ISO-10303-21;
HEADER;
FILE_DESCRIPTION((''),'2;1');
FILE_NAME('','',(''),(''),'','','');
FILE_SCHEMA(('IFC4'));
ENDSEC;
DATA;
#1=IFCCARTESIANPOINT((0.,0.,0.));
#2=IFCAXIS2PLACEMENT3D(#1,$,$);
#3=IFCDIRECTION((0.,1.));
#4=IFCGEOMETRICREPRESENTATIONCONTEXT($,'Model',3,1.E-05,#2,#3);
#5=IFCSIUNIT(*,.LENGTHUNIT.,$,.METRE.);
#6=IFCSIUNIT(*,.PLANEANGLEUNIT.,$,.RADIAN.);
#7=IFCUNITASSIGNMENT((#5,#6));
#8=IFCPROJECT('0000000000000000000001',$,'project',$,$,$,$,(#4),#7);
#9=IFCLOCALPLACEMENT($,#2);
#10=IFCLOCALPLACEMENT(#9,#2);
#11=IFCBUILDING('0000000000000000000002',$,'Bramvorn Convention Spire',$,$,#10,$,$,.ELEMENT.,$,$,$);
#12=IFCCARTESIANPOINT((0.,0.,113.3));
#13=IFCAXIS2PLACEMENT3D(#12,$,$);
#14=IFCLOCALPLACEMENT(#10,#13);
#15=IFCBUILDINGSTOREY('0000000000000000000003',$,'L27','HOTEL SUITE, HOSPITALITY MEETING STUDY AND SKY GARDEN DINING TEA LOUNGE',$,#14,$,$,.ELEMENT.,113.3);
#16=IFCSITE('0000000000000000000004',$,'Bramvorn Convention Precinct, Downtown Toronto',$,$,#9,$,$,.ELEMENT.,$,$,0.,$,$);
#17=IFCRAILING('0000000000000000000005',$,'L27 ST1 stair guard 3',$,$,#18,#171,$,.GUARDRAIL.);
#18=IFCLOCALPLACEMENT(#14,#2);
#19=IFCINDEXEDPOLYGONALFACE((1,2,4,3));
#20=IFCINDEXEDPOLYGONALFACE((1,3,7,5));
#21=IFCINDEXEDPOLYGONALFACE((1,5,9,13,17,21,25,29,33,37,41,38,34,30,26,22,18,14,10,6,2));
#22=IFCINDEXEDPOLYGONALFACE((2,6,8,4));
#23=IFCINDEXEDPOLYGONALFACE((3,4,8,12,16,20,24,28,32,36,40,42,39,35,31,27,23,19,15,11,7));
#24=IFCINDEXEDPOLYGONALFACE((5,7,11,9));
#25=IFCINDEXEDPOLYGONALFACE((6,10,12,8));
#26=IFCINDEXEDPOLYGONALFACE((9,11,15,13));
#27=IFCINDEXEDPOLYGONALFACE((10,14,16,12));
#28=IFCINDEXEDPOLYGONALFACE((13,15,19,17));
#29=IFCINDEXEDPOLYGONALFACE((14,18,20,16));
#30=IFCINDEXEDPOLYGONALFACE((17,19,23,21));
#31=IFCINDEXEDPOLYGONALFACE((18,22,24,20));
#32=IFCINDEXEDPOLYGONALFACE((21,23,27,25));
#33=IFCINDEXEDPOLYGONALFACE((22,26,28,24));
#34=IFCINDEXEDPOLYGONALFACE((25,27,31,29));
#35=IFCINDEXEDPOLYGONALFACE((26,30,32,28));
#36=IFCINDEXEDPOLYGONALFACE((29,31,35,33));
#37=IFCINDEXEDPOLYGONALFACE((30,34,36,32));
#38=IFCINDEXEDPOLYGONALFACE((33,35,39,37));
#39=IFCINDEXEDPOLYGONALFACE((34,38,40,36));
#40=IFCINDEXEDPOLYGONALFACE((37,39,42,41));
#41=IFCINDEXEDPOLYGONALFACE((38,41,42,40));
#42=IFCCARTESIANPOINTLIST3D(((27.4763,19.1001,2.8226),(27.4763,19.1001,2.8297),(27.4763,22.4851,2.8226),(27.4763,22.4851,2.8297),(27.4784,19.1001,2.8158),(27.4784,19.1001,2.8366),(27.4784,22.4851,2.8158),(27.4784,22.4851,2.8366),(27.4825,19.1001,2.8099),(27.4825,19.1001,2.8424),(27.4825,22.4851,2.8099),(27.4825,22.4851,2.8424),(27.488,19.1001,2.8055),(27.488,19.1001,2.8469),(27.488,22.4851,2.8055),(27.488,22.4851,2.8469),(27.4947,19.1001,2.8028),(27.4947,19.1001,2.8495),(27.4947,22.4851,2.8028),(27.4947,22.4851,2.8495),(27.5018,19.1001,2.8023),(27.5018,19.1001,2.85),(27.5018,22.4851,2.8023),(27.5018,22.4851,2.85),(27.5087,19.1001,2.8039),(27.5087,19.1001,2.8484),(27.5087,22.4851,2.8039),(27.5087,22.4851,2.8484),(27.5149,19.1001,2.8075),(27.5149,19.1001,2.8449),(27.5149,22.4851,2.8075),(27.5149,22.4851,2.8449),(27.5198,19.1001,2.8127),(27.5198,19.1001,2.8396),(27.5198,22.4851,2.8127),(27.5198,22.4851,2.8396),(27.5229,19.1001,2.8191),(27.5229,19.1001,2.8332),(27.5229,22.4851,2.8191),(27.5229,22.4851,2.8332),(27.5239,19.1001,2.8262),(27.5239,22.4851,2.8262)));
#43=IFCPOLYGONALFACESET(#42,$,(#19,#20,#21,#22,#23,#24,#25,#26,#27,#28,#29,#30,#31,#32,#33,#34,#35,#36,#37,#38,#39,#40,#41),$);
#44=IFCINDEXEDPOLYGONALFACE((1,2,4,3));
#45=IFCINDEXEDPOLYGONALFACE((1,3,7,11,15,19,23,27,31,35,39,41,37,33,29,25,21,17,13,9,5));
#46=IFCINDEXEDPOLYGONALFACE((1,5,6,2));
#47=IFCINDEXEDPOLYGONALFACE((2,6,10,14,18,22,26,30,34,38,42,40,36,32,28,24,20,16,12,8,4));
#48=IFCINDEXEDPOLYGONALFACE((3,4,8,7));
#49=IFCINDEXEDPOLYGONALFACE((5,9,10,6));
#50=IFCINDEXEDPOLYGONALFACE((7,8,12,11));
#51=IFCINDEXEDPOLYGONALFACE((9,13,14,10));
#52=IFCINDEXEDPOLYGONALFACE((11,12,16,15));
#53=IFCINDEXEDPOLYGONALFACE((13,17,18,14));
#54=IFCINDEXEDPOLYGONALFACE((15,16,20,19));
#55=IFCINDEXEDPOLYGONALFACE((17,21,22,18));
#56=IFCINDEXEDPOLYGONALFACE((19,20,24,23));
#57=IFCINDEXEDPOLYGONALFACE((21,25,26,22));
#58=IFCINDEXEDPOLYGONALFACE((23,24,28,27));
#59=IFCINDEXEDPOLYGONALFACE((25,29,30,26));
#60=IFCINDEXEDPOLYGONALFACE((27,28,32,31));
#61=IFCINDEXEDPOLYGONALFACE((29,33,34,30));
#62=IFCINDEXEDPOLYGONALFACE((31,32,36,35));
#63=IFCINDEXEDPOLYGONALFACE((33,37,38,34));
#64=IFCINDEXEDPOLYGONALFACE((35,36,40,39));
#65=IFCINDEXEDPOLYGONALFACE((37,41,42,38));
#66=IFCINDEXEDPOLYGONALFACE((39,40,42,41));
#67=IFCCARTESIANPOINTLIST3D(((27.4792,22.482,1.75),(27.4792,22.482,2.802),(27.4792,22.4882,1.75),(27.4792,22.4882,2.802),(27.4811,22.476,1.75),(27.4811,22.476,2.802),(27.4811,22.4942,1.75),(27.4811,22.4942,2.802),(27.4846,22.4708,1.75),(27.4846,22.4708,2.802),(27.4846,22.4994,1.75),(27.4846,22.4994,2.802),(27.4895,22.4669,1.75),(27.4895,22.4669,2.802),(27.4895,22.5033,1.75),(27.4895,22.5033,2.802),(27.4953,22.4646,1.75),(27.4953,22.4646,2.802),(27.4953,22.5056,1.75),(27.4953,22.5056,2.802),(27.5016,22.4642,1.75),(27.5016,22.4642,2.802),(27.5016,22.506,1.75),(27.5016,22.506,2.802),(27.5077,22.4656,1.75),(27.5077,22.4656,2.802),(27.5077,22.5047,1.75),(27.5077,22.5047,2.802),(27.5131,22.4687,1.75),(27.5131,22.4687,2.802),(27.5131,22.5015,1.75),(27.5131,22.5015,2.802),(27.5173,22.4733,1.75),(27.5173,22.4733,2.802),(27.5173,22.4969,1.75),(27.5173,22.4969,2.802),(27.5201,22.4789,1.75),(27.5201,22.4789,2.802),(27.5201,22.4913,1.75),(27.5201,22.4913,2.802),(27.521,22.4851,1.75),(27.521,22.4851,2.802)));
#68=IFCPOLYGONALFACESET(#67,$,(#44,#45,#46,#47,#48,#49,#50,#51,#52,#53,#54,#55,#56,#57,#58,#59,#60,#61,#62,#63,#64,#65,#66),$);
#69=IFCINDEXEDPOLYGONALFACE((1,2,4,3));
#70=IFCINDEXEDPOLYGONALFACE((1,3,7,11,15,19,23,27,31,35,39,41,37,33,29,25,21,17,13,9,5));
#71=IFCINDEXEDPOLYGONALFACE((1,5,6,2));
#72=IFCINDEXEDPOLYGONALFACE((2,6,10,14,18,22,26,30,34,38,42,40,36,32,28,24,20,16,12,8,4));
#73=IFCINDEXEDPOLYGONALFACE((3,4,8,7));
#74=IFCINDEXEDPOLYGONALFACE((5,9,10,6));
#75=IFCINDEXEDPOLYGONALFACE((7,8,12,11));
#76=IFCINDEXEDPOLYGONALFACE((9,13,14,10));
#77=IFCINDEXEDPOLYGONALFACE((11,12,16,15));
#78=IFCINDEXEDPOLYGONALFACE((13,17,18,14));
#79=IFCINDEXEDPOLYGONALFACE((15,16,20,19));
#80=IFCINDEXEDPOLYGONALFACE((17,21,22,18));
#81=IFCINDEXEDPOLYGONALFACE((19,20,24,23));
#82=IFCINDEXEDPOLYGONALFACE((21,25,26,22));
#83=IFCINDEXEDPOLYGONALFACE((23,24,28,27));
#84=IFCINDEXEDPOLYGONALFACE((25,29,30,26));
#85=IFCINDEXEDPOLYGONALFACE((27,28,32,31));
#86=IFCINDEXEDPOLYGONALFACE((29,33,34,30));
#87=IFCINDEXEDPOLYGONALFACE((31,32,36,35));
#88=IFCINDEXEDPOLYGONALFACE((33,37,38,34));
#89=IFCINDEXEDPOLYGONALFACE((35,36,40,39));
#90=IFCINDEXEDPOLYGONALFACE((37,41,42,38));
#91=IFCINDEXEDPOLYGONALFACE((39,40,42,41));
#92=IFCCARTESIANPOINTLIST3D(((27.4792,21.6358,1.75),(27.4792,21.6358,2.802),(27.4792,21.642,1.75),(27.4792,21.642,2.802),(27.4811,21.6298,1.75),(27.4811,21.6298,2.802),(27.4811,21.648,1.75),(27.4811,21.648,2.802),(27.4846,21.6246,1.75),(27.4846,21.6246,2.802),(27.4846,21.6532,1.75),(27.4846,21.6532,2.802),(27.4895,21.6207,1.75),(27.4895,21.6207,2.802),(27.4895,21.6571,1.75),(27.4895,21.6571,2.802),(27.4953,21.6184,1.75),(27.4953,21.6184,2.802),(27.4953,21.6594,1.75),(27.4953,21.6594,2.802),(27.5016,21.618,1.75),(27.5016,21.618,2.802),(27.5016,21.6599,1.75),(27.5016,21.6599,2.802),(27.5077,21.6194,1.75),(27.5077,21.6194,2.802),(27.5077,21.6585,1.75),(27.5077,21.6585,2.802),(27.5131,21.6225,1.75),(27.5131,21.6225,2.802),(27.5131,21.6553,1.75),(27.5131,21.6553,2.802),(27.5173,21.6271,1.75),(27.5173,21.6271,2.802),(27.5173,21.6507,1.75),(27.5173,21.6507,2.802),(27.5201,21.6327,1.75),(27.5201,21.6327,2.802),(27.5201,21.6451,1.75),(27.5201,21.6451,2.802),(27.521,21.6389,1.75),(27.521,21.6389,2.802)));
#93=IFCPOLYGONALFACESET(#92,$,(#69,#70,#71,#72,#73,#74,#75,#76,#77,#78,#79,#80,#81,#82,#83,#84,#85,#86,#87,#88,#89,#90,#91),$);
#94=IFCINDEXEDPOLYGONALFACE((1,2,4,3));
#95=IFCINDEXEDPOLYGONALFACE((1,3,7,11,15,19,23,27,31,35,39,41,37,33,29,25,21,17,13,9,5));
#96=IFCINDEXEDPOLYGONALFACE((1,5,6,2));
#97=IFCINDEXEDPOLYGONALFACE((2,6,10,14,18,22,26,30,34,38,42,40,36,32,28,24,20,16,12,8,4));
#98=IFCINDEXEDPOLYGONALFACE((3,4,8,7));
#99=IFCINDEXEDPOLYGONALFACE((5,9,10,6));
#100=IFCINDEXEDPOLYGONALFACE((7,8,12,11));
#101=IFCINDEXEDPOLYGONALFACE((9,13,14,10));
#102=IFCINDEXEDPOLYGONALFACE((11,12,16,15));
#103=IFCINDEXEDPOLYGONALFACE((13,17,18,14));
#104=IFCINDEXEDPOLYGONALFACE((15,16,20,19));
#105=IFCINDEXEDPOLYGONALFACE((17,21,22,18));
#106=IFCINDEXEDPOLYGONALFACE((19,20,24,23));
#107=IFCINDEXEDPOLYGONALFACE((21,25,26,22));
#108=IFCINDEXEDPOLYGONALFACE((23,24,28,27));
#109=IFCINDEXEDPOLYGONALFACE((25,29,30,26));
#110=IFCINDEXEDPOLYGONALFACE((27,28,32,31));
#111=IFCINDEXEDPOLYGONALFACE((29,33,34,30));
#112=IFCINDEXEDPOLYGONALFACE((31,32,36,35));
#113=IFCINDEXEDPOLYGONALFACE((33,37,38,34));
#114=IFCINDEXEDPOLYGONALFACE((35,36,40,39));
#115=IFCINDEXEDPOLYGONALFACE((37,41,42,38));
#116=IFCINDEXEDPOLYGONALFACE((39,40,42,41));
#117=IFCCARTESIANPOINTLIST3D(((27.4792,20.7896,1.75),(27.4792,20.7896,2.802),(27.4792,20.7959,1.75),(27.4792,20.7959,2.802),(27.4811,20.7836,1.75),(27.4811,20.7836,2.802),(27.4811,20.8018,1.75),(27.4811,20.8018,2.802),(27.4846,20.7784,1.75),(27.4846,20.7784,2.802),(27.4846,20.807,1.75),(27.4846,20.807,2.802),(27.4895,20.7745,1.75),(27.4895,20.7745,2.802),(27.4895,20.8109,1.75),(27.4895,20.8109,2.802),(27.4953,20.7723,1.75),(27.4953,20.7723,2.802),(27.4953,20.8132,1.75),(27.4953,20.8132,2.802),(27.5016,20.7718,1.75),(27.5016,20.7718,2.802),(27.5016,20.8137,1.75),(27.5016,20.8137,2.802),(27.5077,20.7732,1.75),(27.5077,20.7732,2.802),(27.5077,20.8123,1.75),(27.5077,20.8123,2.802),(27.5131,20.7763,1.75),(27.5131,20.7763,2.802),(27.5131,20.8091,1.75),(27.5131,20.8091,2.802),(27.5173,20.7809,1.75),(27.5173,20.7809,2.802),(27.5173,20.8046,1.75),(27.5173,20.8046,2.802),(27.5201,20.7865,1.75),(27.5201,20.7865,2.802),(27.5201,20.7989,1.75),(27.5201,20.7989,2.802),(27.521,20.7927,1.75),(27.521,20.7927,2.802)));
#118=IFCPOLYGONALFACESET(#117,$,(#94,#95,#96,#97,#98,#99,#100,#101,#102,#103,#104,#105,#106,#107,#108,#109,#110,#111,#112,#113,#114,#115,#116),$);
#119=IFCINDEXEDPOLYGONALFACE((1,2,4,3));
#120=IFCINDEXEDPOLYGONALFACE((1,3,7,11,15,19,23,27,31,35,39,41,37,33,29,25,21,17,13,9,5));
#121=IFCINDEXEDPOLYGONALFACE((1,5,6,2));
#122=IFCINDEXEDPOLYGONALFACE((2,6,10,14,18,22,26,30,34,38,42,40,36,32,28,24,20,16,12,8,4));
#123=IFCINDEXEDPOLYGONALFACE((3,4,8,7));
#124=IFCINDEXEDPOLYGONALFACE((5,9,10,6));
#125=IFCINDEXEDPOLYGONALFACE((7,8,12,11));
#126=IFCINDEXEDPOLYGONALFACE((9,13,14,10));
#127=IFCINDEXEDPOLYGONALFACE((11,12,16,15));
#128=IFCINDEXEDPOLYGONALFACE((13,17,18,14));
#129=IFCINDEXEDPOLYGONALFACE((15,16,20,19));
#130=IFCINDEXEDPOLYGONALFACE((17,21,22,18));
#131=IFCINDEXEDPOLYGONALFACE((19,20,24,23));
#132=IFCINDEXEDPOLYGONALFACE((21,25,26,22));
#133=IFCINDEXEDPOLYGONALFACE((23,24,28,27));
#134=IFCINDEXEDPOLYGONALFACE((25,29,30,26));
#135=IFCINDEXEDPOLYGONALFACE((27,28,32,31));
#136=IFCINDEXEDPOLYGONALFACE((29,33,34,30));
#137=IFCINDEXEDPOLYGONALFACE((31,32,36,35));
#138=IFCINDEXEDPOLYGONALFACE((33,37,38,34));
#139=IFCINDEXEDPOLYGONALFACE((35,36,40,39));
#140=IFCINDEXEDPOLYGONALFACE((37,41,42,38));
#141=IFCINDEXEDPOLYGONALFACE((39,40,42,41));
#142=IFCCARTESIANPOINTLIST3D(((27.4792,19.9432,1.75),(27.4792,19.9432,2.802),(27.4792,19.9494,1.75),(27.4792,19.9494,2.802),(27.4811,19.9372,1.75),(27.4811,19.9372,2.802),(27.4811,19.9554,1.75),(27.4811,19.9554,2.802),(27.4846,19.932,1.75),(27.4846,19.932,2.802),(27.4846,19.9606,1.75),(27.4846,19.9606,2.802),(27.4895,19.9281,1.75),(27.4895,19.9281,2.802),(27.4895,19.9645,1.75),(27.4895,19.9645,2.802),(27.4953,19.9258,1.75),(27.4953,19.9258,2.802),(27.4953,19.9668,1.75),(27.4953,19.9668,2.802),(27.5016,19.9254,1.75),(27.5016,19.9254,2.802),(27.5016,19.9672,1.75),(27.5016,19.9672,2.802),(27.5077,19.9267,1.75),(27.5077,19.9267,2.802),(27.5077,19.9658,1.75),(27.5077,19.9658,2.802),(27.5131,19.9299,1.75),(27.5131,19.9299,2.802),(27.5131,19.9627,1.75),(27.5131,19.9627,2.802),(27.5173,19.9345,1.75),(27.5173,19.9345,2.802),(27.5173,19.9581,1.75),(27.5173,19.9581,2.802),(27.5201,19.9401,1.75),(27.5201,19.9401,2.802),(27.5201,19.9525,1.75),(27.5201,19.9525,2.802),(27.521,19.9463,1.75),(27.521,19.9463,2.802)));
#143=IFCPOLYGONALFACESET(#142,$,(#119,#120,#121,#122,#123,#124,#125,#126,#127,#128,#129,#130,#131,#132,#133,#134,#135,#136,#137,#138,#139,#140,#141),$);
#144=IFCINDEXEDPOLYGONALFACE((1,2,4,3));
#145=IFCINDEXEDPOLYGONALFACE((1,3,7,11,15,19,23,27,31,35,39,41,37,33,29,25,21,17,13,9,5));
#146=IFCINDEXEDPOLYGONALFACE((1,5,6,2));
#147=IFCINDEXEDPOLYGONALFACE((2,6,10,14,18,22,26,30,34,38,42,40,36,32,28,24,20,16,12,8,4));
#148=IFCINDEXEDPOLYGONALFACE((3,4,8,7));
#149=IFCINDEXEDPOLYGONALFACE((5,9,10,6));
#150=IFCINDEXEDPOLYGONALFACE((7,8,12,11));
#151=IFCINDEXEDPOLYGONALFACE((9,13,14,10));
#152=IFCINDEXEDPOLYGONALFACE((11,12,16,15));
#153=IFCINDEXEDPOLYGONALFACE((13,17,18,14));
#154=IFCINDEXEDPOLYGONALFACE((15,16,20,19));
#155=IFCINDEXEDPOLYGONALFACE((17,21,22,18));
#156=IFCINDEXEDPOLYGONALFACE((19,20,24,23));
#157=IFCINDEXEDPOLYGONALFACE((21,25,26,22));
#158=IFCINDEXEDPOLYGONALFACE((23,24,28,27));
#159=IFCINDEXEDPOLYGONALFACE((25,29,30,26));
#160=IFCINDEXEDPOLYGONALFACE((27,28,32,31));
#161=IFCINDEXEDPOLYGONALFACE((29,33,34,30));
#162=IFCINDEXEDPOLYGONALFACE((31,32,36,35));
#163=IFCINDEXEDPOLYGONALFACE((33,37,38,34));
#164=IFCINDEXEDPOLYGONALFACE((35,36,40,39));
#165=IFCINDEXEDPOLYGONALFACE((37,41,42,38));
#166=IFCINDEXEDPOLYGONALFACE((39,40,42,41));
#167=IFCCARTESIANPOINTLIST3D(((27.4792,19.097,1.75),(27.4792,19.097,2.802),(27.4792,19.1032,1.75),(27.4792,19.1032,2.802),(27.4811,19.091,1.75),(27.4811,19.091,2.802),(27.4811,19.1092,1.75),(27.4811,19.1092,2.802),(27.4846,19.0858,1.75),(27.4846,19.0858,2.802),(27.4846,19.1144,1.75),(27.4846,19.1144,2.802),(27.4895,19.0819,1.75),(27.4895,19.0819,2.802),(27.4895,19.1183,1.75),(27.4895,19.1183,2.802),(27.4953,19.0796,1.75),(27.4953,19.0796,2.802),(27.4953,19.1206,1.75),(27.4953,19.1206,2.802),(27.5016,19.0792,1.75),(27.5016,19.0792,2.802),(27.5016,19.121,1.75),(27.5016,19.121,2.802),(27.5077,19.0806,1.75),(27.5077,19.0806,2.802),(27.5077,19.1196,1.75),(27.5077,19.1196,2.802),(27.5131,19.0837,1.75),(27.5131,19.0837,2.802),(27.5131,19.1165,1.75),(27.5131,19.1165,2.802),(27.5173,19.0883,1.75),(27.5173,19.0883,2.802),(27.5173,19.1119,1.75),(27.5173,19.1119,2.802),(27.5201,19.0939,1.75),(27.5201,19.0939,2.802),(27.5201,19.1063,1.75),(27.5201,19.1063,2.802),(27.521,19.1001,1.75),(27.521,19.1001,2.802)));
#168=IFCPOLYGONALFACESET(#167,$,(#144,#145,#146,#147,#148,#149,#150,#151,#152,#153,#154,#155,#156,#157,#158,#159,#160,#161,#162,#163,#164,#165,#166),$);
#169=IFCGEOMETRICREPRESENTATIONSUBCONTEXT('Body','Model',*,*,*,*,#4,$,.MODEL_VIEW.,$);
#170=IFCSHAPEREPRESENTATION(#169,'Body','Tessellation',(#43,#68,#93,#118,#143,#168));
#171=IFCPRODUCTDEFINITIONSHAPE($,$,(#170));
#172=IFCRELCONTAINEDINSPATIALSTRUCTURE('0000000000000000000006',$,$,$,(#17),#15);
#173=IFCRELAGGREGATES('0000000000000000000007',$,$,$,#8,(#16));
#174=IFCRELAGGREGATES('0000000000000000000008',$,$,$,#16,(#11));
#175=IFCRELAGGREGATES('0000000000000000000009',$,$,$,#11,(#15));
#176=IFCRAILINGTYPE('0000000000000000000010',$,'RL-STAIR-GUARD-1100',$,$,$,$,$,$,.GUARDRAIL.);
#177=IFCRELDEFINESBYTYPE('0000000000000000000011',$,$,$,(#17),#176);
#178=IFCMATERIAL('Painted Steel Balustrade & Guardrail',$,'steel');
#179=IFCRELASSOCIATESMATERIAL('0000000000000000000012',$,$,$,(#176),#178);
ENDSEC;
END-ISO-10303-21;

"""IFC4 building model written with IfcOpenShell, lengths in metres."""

from ifc_helpers import new_model, si_unit, direction, frame, origin, origin_2d, place, context, subcontext, project, spatial, circle, extrude, material, type_object, element, save


model = new_model("IFC4")

# Units and contexts
model_context = context("Model", 3, precision=1e-05, world=origin(), true_north=direction((0.0, 1.0)))
body_context = subcontext(model_context, "Body", "Model", "MODEL_VIEW")
ifc_project = project(units=[si_unit("LENGTHUNIT", "METRE"), si_unit("PLANEANGLEUNIT", "RADIAN")], contexts=[model_context])

# Site, building, storey
site_placement = place(None, origin())
site = spatial("IfcSite", under=ifc_project, at=site_placement, Name="Bramvorn Convention Precinct, Downtown Toronto", CompositionType="ELEMENT", RefElevation=0.0)
building_placement = place(site_placement, origin())
building = spatial("IfcBuilding", under=site, at=building_placement, Name="Bramvorn Convention Spire", CompositionType="ELEMENT")
storey_placement = place(building_placement, frame((0.0, 0.0, 113.3)))
storey = spatial("IfcBuildingStorey", under=building, at=storey_placement, Name="L27", Description="HOTEL SUITE, HOSPITALITY MEETING STUDY AND SKY GARDEN DINING TEA LOUNGE", CompositionType="ELEMENT", Elevation=113.3)

# Railing
ifc_material_1 = material(Name="Painted Steel Balustrade & Guardrail", Category="steel")
railing_type_1 = type_object("IfcRailingType", Name="RL-STAIR-GUARD-1100", PredefinedType="GUARDRAIL", material=ifc_material_1)
for number, where, name in (
    (1, (27.5, 22.4851, 1.75), "L27 ST1 stair guard 3"),
):
    element("IfcRailing", number, at=place(storey_placement, frame(where)), inside=storey, type_object=railing_type_1, Name=name, PredefinedType="GUARDRAIL", context=body_context, shape_type="SweptSolid", body=[
        extrude(circle(Radius=0.0239, at=origin_2d()), frame((0.0, 0.0, 1.0762), z_axis=(0.0, -1.0, 0.0), x_axis=(1.0, 0.0, 0.0)), (0.0, 0.0, 1.0), 3.385),
        extrude(circle(Radius=0.021, at=origin_2d()), origin(), (0.0, 0.0, 1.0), 1.052),
        extrude(circle(Radius=0.021, at=origin_2d()), frame((0.0, -0.8462, 0.0)), (0.0, 0.0, 1.0), 1.052),
        extrude(circle(Radius=0.021, at=origin_2d()), frame((0.0, -1.6924, 0.0)), (0.0, 0.0, 1.0), 1.052),
        extrude(circle(Radius=0.021, at=origin_2d()), frame((0.0, -2.5388, 0.0)), (0.0, 0.0, 1.0), 1.052),
        extrude(circle(Radius=0.021, at=origin_2d()), frame((0.0, -3.385, 0.0)), (0.0, 0.0, 1.0), 1.052),
    ])

save(model, "model.ifc")
